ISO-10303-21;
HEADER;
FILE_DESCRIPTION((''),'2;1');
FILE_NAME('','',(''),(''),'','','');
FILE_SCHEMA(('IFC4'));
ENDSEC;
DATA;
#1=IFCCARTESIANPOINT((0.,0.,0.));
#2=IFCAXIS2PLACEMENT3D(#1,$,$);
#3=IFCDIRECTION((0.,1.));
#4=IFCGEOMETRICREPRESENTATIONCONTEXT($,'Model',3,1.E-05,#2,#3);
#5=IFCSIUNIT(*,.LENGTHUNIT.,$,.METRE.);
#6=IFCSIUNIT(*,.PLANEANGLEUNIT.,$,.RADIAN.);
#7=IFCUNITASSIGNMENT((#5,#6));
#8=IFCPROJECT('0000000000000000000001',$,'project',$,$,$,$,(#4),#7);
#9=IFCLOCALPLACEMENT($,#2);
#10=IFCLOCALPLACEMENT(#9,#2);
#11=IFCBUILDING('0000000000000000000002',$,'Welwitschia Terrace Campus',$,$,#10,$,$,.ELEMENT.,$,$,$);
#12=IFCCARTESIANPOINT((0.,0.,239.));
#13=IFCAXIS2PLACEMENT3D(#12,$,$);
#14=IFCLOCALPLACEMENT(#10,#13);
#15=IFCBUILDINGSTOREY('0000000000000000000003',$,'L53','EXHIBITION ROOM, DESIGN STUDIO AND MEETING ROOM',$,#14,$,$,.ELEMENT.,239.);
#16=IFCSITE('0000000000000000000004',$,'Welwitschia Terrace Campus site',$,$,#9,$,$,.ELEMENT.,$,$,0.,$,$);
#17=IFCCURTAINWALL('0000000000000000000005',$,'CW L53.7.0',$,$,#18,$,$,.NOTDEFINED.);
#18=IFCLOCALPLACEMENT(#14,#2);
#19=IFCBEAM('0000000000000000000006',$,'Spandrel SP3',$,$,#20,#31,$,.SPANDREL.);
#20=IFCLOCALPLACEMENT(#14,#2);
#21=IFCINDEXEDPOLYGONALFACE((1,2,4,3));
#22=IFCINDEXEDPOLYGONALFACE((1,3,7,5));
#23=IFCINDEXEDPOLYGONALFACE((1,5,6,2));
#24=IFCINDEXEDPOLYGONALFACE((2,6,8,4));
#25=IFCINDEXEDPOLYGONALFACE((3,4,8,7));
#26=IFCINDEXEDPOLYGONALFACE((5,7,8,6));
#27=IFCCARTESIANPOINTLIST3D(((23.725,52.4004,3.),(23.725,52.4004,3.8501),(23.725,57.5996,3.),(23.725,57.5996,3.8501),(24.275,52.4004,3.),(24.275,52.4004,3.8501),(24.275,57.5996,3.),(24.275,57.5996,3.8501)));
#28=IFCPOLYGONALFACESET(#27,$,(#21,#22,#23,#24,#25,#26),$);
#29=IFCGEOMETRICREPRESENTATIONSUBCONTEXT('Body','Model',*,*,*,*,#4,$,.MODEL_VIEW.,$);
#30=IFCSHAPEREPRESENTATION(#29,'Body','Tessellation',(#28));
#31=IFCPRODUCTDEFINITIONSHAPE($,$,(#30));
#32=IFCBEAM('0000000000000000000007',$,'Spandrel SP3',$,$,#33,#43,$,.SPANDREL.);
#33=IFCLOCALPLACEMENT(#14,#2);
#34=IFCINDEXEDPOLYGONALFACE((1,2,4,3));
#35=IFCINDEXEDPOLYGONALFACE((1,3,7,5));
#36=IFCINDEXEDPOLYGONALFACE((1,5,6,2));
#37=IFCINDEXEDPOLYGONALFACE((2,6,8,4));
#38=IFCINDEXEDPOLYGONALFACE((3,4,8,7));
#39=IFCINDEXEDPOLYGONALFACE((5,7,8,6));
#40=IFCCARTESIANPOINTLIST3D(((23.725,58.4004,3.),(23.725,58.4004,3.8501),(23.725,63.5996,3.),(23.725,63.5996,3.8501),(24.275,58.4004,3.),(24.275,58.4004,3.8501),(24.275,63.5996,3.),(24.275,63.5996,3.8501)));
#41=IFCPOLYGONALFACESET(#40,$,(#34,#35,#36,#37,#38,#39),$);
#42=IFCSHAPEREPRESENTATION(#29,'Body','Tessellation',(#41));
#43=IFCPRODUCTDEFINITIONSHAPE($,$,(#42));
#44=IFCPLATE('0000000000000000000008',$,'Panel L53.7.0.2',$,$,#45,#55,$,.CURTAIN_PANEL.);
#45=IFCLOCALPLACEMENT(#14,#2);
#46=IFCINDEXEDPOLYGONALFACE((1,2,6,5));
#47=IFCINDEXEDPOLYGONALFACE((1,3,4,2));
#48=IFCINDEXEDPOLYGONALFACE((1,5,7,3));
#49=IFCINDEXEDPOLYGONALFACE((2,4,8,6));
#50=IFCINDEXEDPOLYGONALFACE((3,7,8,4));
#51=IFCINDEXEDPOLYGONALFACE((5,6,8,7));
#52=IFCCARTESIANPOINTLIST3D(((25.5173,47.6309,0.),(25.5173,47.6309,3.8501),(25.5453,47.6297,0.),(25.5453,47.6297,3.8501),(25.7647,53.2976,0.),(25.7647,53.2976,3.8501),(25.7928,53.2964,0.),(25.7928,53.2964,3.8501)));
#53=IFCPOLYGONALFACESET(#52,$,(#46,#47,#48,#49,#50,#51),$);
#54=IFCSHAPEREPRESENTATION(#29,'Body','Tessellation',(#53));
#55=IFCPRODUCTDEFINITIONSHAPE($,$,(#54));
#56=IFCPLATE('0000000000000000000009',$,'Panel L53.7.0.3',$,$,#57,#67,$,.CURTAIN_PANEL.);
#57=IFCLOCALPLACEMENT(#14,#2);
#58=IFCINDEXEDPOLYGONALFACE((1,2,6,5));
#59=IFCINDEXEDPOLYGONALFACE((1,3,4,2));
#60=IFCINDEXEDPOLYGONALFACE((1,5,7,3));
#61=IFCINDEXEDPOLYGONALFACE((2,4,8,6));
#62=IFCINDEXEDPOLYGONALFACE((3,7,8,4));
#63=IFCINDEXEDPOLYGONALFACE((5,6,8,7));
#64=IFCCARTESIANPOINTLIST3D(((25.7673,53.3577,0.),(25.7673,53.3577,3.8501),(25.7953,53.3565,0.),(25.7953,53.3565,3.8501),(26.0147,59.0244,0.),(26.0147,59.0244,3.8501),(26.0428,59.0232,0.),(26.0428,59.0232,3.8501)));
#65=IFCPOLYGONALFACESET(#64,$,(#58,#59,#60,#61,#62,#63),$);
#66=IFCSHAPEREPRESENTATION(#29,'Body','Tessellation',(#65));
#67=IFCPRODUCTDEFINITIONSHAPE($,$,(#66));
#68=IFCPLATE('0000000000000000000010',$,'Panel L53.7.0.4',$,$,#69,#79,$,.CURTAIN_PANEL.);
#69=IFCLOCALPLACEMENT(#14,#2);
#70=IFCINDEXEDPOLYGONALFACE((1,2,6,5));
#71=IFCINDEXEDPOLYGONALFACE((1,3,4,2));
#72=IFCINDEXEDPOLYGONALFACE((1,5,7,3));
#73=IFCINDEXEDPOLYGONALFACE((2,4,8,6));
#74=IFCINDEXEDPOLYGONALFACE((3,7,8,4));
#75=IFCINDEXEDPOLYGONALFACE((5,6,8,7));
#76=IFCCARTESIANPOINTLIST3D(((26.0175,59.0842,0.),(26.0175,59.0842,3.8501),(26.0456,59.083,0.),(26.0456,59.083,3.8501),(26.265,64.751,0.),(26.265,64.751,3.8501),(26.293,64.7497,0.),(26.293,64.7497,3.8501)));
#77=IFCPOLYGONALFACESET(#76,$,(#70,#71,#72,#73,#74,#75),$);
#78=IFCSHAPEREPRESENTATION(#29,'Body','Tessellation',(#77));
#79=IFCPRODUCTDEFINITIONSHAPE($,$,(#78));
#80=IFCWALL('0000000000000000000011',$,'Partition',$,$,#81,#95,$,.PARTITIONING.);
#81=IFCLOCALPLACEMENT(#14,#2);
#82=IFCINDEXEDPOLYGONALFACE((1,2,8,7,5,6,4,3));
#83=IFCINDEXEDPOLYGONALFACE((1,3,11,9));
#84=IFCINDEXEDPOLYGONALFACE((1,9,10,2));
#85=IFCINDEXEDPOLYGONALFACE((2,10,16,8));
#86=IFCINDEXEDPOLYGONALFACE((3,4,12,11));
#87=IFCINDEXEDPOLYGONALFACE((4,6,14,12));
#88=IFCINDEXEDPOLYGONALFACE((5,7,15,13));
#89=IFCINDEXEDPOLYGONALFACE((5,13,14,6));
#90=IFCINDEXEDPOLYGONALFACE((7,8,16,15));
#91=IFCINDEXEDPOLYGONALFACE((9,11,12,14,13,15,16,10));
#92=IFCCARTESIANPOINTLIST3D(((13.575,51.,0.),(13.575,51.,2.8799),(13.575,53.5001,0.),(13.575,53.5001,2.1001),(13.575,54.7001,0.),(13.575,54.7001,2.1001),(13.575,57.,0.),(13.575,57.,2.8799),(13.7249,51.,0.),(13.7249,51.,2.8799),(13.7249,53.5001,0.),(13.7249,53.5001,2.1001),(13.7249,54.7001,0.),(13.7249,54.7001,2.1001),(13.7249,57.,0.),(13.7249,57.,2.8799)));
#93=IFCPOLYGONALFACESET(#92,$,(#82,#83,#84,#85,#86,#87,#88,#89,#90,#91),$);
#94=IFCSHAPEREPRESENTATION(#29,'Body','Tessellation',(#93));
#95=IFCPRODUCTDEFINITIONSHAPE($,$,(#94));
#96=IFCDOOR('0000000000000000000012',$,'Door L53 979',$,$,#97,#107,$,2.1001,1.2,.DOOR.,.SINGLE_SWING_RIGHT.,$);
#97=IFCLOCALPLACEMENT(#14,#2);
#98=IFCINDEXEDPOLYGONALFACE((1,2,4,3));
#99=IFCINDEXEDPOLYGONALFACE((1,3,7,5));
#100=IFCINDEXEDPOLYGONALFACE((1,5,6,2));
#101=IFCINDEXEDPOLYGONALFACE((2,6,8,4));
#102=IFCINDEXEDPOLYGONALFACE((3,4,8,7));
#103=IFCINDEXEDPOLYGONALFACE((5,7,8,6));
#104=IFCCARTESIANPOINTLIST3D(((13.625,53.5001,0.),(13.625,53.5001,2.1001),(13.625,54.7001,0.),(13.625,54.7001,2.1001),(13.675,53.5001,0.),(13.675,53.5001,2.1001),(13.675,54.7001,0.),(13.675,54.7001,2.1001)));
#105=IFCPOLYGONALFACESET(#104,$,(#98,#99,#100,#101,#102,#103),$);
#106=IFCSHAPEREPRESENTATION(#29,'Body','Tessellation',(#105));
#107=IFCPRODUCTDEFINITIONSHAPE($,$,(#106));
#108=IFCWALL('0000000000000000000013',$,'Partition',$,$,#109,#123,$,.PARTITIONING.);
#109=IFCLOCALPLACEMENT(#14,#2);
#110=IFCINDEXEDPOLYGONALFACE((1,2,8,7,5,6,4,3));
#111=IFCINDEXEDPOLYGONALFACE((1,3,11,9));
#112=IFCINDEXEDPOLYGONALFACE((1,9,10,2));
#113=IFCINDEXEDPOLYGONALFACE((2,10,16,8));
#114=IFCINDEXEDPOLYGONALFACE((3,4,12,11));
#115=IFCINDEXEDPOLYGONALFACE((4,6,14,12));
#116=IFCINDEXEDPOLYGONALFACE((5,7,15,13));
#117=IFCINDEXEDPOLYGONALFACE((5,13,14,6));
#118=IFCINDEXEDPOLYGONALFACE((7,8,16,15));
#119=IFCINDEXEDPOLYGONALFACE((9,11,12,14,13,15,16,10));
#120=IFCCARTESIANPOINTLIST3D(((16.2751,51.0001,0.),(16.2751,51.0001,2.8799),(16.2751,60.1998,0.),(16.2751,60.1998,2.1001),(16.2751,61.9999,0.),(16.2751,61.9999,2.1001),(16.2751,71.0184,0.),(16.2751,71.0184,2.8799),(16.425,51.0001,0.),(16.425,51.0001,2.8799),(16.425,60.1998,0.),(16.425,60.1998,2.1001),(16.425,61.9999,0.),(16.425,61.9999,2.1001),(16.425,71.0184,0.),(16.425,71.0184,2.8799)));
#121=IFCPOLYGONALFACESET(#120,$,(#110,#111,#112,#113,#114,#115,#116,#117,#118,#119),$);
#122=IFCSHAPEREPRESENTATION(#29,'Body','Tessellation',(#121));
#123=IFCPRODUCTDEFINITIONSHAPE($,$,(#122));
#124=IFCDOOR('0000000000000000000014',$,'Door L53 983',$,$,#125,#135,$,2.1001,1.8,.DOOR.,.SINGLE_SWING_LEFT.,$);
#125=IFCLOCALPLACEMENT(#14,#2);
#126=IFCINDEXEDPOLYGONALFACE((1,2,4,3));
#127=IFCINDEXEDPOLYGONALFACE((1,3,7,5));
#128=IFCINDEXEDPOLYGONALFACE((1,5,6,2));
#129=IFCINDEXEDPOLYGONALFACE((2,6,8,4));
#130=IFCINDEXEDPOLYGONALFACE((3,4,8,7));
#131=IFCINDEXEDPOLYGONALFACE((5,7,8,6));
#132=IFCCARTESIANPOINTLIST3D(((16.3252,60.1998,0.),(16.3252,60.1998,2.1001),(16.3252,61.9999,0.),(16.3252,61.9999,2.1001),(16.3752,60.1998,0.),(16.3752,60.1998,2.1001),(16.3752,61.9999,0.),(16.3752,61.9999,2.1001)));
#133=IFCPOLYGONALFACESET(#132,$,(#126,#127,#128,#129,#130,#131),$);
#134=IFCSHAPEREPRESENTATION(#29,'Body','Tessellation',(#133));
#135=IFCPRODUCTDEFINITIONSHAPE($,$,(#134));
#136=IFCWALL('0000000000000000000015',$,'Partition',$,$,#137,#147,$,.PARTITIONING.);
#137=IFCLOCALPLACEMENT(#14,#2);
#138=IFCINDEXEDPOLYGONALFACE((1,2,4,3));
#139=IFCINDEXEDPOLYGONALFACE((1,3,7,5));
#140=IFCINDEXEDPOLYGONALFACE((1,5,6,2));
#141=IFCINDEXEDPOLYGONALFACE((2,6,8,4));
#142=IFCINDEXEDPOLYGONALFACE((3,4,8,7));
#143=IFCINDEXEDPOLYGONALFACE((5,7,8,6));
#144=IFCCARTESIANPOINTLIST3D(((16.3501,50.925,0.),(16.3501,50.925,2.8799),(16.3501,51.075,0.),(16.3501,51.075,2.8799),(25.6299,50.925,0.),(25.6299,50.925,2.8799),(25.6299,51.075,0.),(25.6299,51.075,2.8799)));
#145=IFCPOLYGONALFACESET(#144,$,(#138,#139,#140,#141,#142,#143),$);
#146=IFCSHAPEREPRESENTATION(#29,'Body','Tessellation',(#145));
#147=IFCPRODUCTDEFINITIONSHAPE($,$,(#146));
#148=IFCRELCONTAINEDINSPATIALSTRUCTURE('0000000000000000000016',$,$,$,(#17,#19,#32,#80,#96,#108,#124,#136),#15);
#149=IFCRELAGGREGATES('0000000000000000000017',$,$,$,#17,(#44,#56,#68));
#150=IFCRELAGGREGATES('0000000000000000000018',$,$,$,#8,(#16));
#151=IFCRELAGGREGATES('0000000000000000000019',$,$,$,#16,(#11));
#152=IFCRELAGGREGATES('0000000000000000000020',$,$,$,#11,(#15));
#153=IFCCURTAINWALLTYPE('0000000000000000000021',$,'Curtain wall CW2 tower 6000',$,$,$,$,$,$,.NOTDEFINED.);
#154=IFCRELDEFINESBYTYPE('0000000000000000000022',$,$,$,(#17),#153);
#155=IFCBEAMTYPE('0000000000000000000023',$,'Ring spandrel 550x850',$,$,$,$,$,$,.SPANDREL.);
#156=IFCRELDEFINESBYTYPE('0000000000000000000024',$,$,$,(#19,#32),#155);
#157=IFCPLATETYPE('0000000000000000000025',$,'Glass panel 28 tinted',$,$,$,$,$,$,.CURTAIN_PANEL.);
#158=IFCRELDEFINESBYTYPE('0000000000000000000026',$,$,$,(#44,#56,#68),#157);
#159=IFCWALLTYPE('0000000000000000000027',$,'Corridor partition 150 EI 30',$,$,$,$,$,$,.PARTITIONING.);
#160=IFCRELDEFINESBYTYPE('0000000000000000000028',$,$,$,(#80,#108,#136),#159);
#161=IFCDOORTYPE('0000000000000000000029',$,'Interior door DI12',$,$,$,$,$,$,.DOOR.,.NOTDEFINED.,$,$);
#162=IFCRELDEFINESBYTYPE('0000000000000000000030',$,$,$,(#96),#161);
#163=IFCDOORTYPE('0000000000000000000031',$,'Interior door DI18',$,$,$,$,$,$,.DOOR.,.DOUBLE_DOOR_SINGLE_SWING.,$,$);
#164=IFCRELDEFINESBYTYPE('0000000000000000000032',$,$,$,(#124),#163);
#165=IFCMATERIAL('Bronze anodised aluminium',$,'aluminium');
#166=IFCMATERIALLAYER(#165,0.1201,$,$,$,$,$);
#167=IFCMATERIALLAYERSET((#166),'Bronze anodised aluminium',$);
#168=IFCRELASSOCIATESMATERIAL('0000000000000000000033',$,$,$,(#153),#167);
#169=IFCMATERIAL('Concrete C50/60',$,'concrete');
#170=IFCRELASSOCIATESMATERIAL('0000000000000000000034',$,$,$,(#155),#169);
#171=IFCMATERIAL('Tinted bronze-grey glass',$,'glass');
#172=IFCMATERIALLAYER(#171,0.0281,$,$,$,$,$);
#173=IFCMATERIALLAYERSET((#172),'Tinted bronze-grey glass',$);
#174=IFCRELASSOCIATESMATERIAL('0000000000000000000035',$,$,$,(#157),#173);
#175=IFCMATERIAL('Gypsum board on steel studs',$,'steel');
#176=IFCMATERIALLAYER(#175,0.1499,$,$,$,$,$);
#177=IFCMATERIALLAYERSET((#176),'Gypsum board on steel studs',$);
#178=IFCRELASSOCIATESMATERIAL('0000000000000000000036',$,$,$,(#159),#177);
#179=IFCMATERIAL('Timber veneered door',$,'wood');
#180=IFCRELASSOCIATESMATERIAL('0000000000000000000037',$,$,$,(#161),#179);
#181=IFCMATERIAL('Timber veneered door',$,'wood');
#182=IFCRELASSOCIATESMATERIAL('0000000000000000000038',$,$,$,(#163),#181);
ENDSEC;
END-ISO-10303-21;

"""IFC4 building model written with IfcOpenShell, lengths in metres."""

from ifc_helpers import new_model, si_unit, direction, frame, frame_2d, origin, origin_2d, place, context, subcontext, project, spatial, rectangle, extrude, material, layer, layer_set, material_profile, profile_set, type_object, element, fill, aggregate, save


model = new_model("IFC4")

# Units and contexts
model_context = context("Model", 3, precision=1e-05, world=origin(), true_north=direction((0.0, 1.0)))
body_context = subcontext(model_context, "Body", "Model", "MODEL_VIEW")
ifc_project = project(units=[si_unit("LENGTHUNIT", "METRE"), si_unit("PLANEANGLEUNIT", "RADIAN")], contexts=[model_context])

# Site, building, storey
site_placement = place(None, origin())
site = spatial("IfcSite", under=ifc_project, at=site_placement, Name="Welwitschia Terrace Campus site", CompositionType="ELEMENT", RefElevation=0.0)
building_placement = place(site_placement, origin())
building = spatial("IfcBuilding", under=site, at=building_placement, Name="Welwitschia Terrace Campus", CompositionType="ELEMENT")
storey_placement = place(building_placement, frame((0.0, 0.0, 239.0)))
storey = spatial("IfcBuildingStorey", under=building, at=storey_placement, Name="L53", Description="EXHIBITION ROOM, DESIGN STUDIO AND MEETING ROOM", CompositionType="ELEMENT", Elevation=239.0)

# Curtain wall
ifc_material_1 = material(Name="Bronze anodised aluminium", Category="aluminium")
ifc_layer_1 = layer(ifc_material_1, 0.1201)
ifc_layer_set_1 = layer_set([ifc_layer_1], Name="Bronze anodised aluminium")
curtain_wall_type = type_object("IfcCurtainWallType", Name="Curtain wall CW2 tower 6000", PredefinedType="NOTDEFINED", material=ifc_layer_set_1)
curtain_wall_placement = place(storey_placement, origin())
curtain_wall = element("IfcCurtainWall", 1, at=curtain_wall_placement, inside=storey, type_object=curtain_wall_type, Name="CW L53.7.0", PredefinedType="NOTDEFINED")

# Beams
ifc_material_2 = material(Name="Concrete C50/60", Category="concrete")
ifc_material_profile_1 = material_profile(ifc_material_2, rectangle(XDim=0.55, YDim=0.8501, at=origin_2d()))
ifc_profile_set_1 = profile_set([ifc_material_profile_1], Name="Concrete C50/60")
beam_type_1 = type_object("IfcBeamType", Name="Ring spandrel 550x850", PredefinedType="SPANDREL", material=ifc_profile_set_1)
for number, where, z_axis, x_axis, name in (
    (2, (24.0, 52.4004, 3.425), (0.0, 1.0, 0.0), (-1.0, 0.0, 0.0), "Spandrel SP3"),
    (3, (24.0, 58.4004, 3.425), (0.0, 1.0, 0.0), (-1.0, 0.0, 0.0), "Spandrel SP3"),
):
    element("IfcBeam", number, at=place(storey_placement, frame(where, z_axis=z_axis, x_axis=x_axis)), inside=storey, type_object=beam_type_1, Name=name, PredefinedType="SPANDREL", context=body_context, shape_type="SweptSolid", body=[
        extrude(rectangle(XDim=0.55, YDim=0.8501, at=origin_2d()), origin(), (0.0, 0.0, 1.0), 5.1992),
    ])

# Plates
ifc_material_3 = material(Name="Tinted bronze-grey glass", Category="glass")
ifc_layer_2 = layer(ifc_material_3, 0.0281)
ifc_layer_set_2 = layer_set([ifc_layer_2], Name="Tinted bronze-grey glass")
plate_type = type_object("IfcPlateType", Name="Glass panel 28 tinted", PredefinedType="CURTAIN_PANEL", material=ifc_layer_set_2)
plate_1_placement = place(storey_placement, frame((25.655, 50.4636, 0.0), z_axis=(0.0, 0.0, 1.0), x_axis=(0.043619, 0.999048, 0.0)))
plate_1 = element("IfcPlate", 4, at=plate_1_placement, type_object=plate_type, Name="Panel L53.7.0.2", PredefinedType="CURTAIN_PANEL", context=body_context, shape_type="SweptSolid", body=[
    extrude(rectangle(XDim=5.6721, YDim=0.0281, at=origin_2d()), origin(), (0.0, 0.0, 1.0), 3.8501),
])
plate_2_placement = place(storey_placement, frame((25.905, 56.1904, 0.0), z_axis=(0.0, 0.0, 1.0), x_axis=(0.043619, 0.999048, 0.0)))
plate_2 = element("IfcPlate", 5, at=plate_2_placement, type_object=plate_type, Name="Panel L53.7.0.3", PredefinedType="CURTAIN_PANEL", context=body_context, shape_type="SweptSolid", body=[
    extrude(rectangle(XDim=5.6721, YDim=0.0281, at=origin_2d()), origin(), (0.0, 0.0, 1.0), 3.8501),
])
plate_3_placement = place(storey_placement, frame((26.1553, 61.917, 0.0), z_axis=(0.0, 0.0, 1.0), x_axis=(0.043619, 0.999048, 0.0)))
plate_3 = element("IfcPlate", 6, at=plate_3_placement, type_object=plate_type, Name="Panel L53.7.0.4", PredefinedType="CURTAIN_PANEL", context=body_context, shape_type="SweptSolid", body=[
    extrude(rectangle(XDim=5.6721, YDim=0.0281, at=origin_2d()), origin(), (0.0, 0.0, 1.0), 3.8501),
])
aggregate(curtain_wall, [plate_1, plate_2, plate_3])

# Walls, openings, doors
ifc_material_4 = material(Name="Gypsum board on steel studs", Category="steel")
ifc_layer_3 = layer(ifc_material_4, 0.1499)
ifc_layer_set_3 = layer_set([ifc_layer_3], Name="Gypsum board on steel studs")
wall_type = type_object("IfcWallType", Name="Corridor partition 150 EI 30", PredefinedType="PARTITIONING", material=ifc_layer_set_3)
wall_1_placement = place(storey_placement, frame((13.6499, 51.0, 0.0), z_axis=(0.0, 0.0, 1.0), x_axis=(0.0, 1.0, 0.0)))
wall_1 = element("IfcWall", 7, at=wall_1_placement, inside=storey, type_object=wall_type, Name="Partition", PredefinedType="PARTITIONING", context=body_context, shape_type="SweptSolid", body=[
    extrude(rectangle(XDim=6.0, YDim=0.1499, at=frame_2d((3.0, 0.0))), origin(), (0.0, 0.0, 1.0), 2.8799),
])
opening_1_placement = place(wall_1_placement, frame((2.5, 0.0, 0.0)))
opening_1 = element("IfcOpeningElement", 8, at=opening_1_placement, cuts=wall_1, PredefinedType="OPENING", context=body_context, shape_type="SweptSolid", body=[
    extrude(rectangle(XDim=1.2, YDim=2.1001, at=frame_2d((0.6001, 1.05))), frame((0.0, 0.085, 0.0), z_axis=(0.0, -1.0, 0.0), x_axis=(1.0, 0.0, 0.0)), (0.0, 0.0, 1.0), 0.1699),
])
ifc_material_5 = material(Name="Timber veneered door", Category="wood")
door_type_1 = type_object("IfcDoorType", Name="Interior door DI12", OperationType="NOTDEFINED", PredefinedType="DOOR", material=ifc_material_5)
door_1_placement = place(opening_1_placement, origin())
door_1 = element("IfcDoor", 9, at=door_1_placement, inside=storey, type_object=door_type_1, Name="Door L53 979", OperationType="SINGLE_SWING_RIGHT", OverallHeight=2.1001, OverallWidth=1.2, PredefinedType="DOOR", context=body_context, shape_type="SweptSolid", body=[
    extrude(rectangle(XDim=1.2, YDim=2.1001, at=frame_2d((0.6001, 1.05))), frame((0.0, 0.0249, 0.0), z_axis=(0.0, -1.0, 0.0), x_axis=(1.0, 0.0, 0.0)), (0.0, 0.0, 1.0), 0.05),
])
fill(opening_1, door_1)
wall_2_placement = place(storey_placement, frame((16.3501, 51.0, 0.0), z_axis=(0.0, 0.0, 1.0), x_axis=(0.0, 1.0, 0.0)))
wall_2 = element("IfcWall", 10, at=wall_2_placement, inside=storey, type_object=wall_type, Name="Partition", PredefinedType="PARTITIONING", context=body_context, shape_type="SweptSolid", body=[
    extrude(rectangle(XDim=20.0183, YDim=0.1499, at=frame_2d((10.0093, 0.0))), origin(), (0.0, 0.0, 1.0), 2.8799),
])
opening_2_placement = place(wall_2_placement, frame((9.2, 0.0, 0.0)))
opening_2 = element("IfcOpeningElement", 11, at=opening_2_placement, cuts=wall_2, PredefinedType="OPENING", context=body_context, shape_type="SweptSolid", body=[
    extrude(rectangle(XDim=1.8, YDim=2.1001, at=frame_2d((0.8999, 1.05))), frame((0.0, 0.085, 0.0), z_axis=(0.0, -1.0, 0.0), x_axis=(1.0, 0.0, 0.0)), (0.0, 0.0, 1.0), 0.1699),
])
ifc_material_6 = material(Name="Timber veneered door", Category="wood")
door_type_2 = type_object("IfcDoorType", Name="Interior door DI18", OperationType="DOUBLE_DOOR_SINGLE_SWING", PredefinedType="DOOR", material=ifc_material_6)
door_2_placement = place(opening_2_placement, origin())
door_2 = element("IfcDoor", 12, at=door_2_placement, inside=storey, type_object=door_type_2, Name="Door L53 983", OperationType="SINGLE_SWING_LEFT", OverallHeight=2.1001, OverallWidth=1.8, PredefinedType="DOOR", context=body_context, shape_type="SweptSolid", body=[
    extrude(rectangle(XDim=1.8, YDim=2.1001, at=frame_2d((0.8999, 1.05))), frame((0.0, 0.0249, 0.0), z_axis=(0.0, -1.0, 0.0), x_axis=(1.0, 0.0, 0.0)), (0.0, 0.0, 1.0), 0.05),
])
fill(opening_2, door_2)

# Wall
wall_3_placement = place(storey_placement, frame((16.3501, 51.0, 0.0), z_axis=(0.0, 0.0, 1.0), x_axis=(1.0, 0.0, 0.0)))
element("IfcWall", 13, at=wall_3_placement, inside=storey, type_object=wall_type, Name="Partition", PredefinedType="PARTITIONING", context=body_context, shape_type="SweptSolid", body=[
    extrude(rectangle(XDim=9.2798, YDim=0.1499, at=frame_2d((4.6399, 0.0))), origin(), (0.0, 0.0, 1.0), 2.8799),
])

save(model, "model.ifc")
